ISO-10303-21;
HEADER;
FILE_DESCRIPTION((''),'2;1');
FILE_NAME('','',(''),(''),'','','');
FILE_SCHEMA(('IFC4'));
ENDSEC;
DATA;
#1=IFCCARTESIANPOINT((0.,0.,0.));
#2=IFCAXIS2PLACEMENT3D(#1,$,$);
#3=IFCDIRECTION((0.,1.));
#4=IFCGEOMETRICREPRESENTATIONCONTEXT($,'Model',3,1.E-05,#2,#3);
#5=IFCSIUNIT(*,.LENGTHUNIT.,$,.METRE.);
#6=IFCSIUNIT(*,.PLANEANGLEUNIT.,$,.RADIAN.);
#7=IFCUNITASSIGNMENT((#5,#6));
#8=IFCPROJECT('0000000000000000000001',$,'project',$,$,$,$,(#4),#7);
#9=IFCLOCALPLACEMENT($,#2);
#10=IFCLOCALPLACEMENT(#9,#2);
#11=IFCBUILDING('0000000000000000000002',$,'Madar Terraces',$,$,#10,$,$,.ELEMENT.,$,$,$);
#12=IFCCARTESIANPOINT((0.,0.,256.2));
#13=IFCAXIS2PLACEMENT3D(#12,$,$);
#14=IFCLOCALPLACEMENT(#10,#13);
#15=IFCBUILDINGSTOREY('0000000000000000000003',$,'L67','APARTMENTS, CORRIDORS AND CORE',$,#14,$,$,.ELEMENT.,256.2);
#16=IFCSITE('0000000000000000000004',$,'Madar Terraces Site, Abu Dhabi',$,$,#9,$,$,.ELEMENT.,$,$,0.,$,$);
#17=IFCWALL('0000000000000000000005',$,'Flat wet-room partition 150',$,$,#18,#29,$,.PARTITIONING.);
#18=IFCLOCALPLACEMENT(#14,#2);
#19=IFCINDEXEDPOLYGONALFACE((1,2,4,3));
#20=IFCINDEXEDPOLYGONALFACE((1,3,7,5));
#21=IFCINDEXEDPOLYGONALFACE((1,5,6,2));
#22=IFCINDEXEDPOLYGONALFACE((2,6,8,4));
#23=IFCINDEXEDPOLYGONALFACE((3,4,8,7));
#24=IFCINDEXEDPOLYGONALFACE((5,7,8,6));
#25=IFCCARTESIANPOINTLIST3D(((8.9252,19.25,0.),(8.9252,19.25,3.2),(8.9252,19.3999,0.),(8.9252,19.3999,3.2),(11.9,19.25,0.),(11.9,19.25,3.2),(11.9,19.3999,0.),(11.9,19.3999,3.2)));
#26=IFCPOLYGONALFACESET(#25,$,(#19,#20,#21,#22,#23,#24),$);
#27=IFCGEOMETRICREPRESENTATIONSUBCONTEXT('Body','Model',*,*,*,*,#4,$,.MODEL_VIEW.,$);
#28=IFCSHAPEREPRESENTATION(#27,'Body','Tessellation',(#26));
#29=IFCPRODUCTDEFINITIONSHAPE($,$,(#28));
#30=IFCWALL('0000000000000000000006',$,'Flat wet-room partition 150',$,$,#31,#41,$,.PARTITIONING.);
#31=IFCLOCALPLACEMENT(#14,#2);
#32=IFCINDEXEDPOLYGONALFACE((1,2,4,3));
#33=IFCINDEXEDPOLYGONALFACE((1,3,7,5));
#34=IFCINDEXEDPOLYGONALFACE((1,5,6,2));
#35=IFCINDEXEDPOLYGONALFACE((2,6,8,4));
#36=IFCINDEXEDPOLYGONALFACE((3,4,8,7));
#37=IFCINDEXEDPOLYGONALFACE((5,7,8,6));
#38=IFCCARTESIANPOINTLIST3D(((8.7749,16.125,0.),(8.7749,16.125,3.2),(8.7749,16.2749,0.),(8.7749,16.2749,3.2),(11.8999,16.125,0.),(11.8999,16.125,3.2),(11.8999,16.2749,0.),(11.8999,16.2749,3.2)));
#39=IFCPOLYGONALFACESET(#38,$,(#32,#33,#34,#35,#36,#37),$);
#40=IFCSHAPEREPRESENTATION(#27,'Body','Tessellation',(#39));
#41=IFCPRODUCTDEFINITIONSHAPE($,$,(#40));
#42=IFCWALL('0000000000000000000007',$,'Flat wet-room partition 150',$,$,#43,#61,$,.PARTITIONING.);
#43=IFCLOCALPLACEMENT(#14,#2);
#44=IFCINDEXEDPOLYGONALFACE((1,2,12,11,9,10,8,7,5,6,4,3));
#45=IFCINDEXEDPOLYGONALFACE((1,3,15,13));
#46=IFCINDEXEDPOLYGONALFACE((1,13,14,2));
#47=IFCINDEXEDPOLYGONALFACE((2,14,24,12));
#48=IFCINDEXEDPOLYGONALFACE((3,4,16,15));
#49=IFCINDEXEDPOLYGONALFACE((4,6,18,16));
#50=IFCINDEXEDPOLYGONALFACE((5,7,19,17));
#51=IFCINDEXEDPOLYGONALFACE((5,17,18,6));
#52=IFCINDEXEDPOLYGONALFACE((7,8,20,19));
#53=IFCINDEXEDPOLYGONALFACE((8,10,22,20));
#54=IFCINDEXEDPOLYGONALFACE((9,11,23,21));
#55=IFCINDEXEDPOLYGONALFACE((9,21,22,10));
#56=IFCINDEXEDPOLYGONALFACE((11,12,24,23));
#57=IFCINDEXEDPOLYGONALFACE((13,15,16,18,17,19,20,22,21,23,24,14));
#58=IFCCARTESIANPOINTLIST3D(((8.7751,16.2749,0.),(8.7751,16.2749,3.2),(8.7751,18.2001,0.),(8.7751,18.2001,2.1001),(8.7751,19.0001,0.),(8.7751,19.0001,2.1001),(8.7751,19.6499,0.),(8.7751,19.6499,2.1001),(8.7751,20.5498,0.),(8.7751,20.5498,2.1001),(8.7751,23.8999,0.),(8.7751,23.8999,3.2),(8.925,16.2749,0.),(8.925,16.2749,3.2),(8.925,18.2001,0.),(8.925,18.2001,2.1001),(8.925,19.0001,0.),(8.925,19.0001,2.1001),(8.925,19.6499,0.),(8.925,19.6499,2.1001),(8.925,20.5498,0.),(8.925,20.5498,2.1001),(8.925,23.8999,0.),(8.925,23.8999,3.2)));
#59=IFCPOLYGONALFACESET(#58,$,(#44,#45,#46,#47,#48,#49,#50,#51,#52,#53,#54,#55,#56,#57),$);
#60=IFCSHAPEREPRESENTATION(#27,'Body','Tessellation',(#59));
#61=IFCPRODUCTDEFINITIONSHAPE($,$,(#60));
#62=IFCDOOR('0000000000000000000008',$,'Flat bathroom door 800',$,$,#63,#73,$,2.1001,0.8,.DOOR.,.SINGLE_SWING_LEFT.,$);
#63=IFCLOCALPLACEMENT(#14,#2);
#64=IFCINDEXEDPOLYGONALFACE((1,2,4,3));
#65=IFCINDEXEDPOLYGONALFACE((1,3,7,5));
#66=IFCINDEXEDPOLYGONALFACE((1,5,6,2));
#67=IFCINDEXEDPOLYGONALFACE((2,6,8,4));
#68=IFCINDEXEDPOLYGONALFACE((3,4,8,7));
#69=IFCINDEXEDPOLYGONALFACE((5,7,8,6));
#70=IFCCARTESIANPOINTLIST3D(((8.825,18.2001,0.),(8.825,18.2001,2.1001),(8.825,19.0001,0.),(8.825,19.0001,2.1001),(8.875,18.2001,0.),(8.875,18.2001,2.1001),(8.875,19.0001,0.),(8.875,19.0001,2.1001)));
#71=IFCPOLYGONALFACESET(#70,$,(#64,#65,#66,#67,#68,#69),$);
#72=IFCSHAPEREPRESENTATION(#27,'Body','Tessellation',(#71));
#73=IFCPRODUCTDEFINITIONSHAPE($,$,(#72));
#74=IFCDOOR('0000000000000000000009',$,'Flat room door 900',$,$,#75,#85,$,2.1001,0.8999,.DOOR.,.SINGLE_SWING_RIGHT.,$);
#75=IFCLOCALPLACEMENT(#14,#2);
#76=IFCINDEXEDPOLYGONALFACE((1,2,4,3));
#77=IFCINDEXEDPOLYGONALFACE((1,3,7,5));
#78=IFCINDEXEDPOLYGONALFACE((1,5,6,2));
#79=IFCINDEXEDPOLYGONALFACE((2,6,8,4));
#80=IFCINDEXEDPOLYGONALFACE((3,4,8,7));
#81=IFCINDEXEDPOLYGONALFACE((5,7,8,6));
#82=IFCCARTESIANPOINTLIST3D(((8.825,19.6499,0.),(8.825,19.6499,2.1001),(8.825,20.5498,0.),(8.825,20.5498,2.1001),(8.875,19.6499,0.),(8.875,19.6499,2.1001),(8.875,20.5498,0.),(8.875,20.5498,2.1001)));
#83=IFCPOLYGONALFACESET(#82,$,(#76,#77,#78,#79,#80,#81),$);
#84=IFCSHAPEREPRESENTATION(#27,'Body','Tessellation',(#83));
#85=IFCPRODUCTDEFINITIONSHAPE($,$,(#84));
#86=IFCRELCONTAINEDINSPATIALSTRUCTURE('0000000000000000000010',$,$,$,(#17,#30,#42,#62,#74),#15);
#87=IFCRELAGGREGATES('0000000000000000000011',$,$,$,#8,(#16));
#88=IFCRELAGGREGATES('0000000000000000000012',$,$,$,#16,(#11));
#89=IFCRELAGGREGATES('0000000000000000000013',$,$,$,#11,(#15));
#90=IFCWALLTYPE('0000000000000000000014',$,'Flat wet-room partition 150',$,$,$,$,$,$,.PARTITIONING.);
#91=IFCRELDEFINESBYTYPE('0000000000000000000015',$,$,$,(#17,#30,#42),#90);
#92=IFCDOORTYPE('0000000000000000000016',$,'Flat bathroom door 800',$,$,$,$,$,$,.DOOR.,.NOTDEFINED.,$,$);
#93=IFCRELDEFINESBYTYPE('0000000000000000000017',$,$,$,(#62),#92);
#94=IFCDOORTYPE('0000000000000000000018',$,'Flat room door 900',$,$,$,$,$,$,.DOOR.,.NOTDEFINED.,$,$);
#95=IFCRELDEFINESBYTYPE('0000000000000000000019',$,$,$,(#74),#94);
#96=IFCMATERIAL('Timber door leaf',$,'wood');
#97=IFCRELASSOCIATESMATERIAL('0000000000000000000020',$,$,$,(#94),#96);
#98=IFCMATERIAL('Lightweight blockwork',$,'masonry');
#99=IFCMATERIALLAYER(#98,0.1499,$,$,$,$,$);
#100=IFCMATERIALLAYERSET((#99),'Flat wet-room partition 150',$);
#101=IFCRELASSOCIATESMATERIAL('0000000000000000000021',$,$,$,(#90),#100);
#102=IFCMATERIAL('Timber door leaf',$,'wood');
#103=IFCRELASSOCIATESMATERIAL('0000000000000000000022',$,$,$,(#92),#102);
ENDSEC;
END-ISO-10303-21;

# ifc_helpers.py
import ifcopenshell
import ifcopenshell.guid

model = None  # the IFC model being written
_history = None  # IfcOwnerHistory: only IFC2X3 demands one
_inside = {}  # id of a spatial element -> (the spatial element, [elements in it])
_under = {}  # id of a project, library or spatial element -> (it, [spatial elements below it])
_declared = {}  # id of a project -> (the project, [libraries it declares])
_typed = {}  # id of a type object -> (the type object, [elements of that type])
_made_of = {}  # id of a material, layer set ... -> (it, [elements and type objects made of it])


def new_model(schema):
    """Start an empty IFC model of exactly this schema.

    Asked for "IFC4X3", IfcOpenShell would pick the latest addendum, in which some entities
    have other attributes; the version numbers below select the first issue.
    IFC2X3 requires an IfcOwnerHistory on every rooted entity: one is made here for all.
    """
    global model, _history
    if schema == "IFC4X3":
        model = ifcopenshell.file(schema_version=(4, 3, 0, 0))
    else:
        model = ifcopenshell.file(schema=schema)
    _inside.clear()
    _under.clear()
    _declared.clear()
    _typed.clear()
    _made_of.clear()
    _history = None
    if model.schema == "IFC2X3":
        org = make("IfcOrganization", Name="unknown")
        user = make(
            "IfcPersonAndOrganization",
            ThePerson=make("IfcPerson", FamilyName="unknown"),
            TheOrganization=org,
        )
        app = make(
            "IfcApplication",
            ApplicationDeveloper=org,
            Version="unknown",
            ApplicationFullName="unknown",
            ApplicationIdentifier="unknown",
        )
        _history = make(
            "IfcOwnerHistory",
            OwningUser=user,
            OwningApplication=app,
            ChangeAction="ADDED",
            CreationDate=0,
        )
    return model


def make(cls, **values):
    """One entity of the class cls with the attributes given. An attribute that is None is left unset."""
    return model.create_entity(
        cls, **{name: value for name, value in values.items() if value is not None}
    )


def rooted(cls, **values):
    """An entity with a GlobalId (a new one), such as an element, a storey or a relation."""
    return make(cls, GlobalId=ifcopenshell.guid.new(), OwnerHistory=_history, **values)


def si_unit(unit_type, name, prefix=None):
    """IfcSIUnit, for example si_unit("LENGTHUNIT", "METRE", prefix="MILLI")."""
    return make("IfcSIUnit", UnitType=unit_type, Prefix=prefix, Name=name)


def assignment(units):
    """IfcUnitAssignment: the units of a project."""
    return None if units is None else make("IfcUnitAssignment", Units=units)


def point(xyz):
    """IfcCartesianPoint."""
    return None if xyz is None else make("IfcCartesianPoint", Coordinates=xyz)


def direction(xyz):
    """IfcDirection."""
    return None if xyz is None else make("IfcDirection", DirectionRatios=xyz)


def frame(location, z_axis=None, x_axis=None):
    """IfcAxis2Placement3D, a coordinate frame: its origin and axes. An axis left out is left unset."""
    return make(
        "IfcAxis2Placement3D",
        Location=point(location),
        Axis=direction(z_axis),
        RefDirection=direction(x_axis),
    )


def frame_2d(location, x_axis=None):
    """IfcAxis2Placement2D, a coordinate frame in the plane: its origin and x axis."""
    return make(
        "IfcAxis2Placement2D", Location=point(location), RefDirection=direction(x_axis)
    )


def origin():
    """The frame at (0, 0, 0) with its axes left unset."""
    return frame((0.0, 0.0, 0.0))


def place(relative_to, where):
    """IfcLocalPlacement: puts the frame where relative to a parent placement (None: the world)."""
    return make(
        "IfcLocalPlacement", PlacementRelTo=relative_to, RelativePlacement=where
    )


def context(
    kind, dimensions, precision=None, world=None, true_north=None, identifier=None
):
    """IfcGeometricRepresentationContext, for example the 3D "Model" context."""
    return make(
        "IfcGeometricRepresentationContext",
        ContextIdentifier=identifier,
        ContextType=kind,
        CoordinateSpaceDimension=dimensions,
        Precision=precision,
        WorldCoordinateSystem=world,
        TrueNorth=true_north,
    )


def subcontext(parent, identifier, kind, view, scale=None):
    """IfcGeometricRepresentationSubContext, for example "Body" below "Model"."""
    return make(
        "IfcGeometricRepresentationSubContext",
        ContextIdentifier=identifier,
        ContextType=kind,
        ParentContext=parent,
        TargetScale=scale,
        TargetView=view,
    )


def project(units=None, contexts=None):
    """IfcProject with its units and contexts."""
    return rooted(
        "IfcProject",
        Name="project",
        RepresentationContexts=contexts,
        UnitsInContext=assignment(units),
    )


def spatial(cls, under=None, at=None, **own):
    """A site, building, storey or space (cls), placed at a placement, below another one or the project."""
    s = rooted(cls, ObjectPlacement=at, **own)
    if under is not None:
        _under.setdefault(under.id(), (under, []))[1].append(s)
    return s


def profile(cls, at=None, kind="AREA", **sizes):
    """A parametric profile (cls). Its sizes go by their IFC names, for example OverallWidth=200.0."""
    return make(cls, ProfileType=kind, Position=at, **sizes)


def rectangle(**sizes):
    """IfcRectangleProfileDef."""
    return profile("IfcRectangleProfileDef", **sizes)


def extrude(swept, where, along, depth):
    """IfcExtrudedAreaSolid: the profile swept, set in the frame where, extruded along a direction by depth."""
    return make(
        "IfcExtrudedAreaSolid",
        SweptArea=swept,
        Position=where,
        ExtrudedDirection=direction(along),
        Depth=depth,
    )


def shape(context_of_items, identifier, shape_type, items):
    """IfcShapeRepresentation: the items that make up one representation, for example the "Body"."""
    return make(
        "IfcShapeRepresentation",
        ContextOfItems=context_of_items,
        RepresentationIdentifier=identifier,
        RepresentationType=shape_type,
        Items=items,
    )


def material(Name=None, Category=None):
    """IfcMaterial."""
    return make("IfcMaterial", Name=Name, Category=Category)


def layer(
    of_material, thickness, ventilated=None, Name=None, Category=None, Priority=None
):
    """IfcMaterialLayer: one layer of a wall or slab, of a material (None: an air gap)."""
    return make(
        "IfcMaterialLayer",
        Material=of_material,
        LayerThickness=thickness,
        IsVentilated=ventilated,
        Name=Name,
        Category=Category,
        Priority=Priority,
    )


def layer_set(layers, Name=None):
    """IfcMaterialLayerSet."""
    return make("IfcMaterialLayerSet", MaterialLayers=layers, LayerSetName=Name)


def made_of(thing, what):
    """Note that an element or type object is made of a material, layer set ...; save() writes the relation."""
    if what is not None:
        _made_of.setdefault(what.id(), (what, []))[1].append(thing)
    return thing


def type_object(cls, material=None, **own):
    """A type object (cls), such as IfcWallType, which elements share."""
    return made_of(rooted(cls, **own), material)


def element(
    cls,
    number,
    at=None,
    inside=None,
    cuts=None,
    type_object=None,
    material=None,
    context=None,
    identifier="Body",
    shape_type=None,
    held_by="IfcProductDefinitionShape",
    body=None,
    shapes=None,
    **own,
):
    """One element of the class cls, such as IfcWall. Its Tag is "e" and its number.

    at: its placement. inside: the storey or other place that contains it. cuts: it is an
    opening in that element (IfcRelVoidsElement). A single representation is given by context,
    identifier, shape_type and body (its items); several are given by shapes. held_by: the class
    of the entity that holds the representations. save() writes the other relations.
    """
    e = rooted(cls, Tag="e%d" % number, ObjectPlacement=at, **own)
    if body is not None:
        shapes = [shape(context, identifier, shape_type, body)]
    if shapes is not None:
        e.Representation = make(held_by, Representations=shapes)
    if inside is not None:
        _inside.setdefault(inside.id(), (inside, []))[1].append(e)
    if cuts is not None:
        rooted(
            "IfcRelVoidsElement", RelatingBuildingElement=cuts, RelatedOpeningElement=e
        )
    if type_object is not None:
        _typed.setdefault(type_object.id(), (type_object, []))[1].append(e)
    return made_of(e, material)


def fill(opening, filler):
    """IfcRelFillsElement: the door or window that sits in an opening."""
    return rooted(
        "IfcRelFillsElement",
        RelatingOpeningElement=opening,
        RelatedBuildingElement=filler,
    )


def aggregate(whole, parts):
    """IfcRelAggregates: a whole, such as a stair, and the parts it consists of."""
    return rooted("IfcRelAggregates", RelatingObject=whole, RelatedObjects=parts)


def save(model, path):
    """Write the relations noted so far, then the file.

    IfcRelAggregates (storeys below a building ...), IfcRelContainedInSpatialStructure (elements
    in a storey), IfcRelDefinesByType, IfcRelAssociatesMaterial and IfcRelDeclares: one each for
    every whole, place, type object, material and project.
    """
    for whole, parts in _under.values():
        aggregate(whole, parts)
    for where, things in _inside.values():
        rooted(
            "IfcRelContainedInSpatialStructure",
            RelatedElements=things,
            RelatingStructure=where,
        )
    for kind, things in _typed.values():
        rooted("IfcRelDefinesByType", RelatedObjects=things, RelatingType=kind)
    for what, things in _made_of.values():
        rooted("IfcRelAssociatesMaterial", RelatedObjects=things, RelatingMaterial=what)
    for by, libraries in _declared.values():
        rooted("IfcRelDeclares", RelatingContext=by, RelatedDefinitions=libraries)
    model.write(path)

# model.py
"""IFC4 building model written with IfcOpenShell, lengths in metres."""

from ifc_helpers import new_model, si_unit, direction, frame, frame_2d, origin, place, context, subcontext, project, spatial, rectangle, extrude, material, layer, layer_set, type_object, element, fill, save


model = new_model("IFC4")

# Units and contexts
model_context = context("Model", 3, precision=1e-05, world=origin(), true_north=direction((0.0, 1.0)))
body_context = subcontext(model_context, "Body", "Model", "MODEL_VIEW")
ifc_project = project(units=[si_unit("LENGTHUNIT", "METRE"), si_unit("PLANEANGLEUNIT", "RADIAN")], contexts=[model_context])

# Site, building, storey
site_placement = place(None, origin())
site = spatial("IfcSite", under=ifc_project, at=site_placement, Name="Madar Terraces Site, Abu Dhabi", CompositionType="ELEMENT", RefElevation=0.0)
building_placement = place(site_placement, origin())
building = spatial("IfcBuilding", under=site, at=building_placement, Name="Madar Terraces", CompositionType="ELEMENT")
storey_placement = place(building_placement, frame((0.0, 0.0, 256.2)))
storey = spatial("IfcBuildingStorey", under=building, at=storey_placement, Name="L67", Description="APARTMENTS, CORRIDORS AND CORE", CompositionType="ELEMENT", Elevation=256.2)

# Shared definitions
ifc_material_1 = material(Name="Timber door leaf", Category="wood")
door_type_1 = type_object("IfcDoorType", Name="Flat room door 900", OperationType="NOTDEFINED", PredefinedType="DOOR", material=ifc_material_1)

# Walls
ifc_material_2 = material(Name="Lightweight blockwork", Category="masonry")
ifc_layer_1 = layer(ifc_material_2, 0.1499)
ifc_layer_set_1 = layer_set([ifc_layer_1], Name="Flat wet-room partition 150")
wall_type_1 = type_object("IfcWallType", Name="Flat wet-room partition 150", PredefinedType="PARTITIONING", material=ifc_layer_set_1)
wall_1_placement = place(storey_placement, frame((11.8999, 19.325, 0.0), z_axis=(0.0, 0.0, 1.0), x_axis=(-1.0, 0.0, 0.0)))
element("IfcWall", 1, at=wall_1_placement, inside=storey, type_object=wall_type_1, Name="Flat wet-room partition 150", PredefinedType="PARTITIONING", context=body_context, shape_type="SweptSolid", body=[
    extrude(rectangle(XDim=2.9749, YDim=0.1499, at=frame_2d((1.4873, 0.0))), origin(), (0.0, 0.0, 1.0), 3.2),
])
wall_2_placement = place(storey_placement, frame((11.8999, 16.2, 0.0), z_axis=(0.0, 0.0, 1.0), x_axis=(-1.0, 0.0, 0.0)))
element("IfcWall", 2, at=wall_2_placement, inside=storey, type_object=wall_type_1, Name="Flat wet-room partition 150", PredefinedType="PARTITIONING", context=body_context, shape_type="SweptSolid", body=[
    extrude(rectangle(XDim=3.125, YDim=0.1499, at=frame_2d((1.5625, 0.0))), origin(), (0.0, 0.0, 1.0), 3.2),
])

# Wall, openings, doors
wall_3_placement = place(storey_placement, frame((8.8501, 23.8999, 0.0), z_axis=(0.0, 0.0, 1.0), x_axis=(0.0, -1.0, 0.0)))
wall_3 = element("IfcWall", 3, at=wall_3_placement, inside=storey, type_object=wall_type_1, Name="Flat wet-room partition 150", PredefinedType="PARTITIONING", context=body_context, shape_type="SweptSolid", body=[
    extrude(rectangle(XDim=7.625, YDim=0.1499, at=frame_2d((3.8125, 0.0))), origin(), (0.0, 0.0, 1.0), 3.2),
])
opening_1_placement = place(wall_3_placement, frame((4.8999, 0.0, 0.0)))
opening_1 = element("IfcOpeningElement", 4, at=opening_1_placement, cuts=wall_3, PredefinedType="OPENING", context=body_context, shape_type="SweptSolid", body=[
    extrude(rectangle(XDim=0.8, YDim=2.1001, at=frame_2d((0.3999, 1.05))), frame((0.0, 0.085, 0.0), z_axis=(0.0, -1.0, 0.0), x_axis=(1.0, 0.0, 0.0)), (0.0, 0.0, 1.0), 0.1699),
])
opening_2_placement = place(wall_3_placement, frame((3.3501, 0.0, 0.0)))
opening_2 = element("IfcOpeningElement", 5, at=opening_2_placement, cuts=wall_3, PredefinedType="OPENING", context=body_context, shape_type="SweptSolid", body=[
    extrude(rectangle(XDim=0.8999, YDim=2.1001, at=frame_2d((0.45, 1.05))), frame((0.0, 0.085, 0.0), z_axis=(0.0, -1.0, 0.0), x_axis=(1.0, 0.0, 0.0)), (0.0, 0.0, 1.0), 0.1699),
])
ifc_material_3 = material(Name="Timber door leaf", Category="wood")
door_type_2 = type_object("IfcDoorType", Name="Flat bathroom door 800", OperationType="NOTDEFINED", PredefinedType="DOOR", material=ifc_material_3)
door_1_placement = place(opening_1_placement, origin())
door_1 = element("IfcDoor", 6, at=door_1_placement, inside=storey, type_object=door_type_2, Name="Flat bathroom door 800", OperationType="SINGLE_SWING_LEFT", OverallHeight=2.1001, OverallWidth=0.8, PredefinedType="DOOR", context=body_context, shape_type="SweptSolid", body=[
    extrude(rectangle(XDim=0.8, YDim=2.1001, at=frame_2d((0.3999, 1.05))), frame((0.0, 0.0249, 0.0), z_axis=(0.0, -1.0, 0.0), x_axis=(1.0, 0.0, 0.0)), (0.0, 0.0, 1.0), 0.05),
])
fill(opening_1, door_1)
door_2_placement = place(opening_2_placement, origin())
door_2 = element("IfcDoor", 7, at=door_2_placement, inside=storey, type_object=door_type_1, Name="Flat room door 900", OperationType="SINGLE_SWING_RIGHT", OverallHeight=2.1001, OverallWidth=0.8999, PredefinedType="DOOR", context=body_context, shape_type="SweptSolid", body=[
    extrude(rectangle(XDim=0.8999, YDim=2.1001, at=frame_2d((0.45, 1.05))), frame((0.0, 0.0249, 0.0), z_axis=(0.0, -1.0, 0.0), x_axis=(1.0, 0.0, 0.0)), (0.0, 0.0, 1.0), 0.05),
])
fill(opening_2, door_2)

save(model, "model.ifc")
